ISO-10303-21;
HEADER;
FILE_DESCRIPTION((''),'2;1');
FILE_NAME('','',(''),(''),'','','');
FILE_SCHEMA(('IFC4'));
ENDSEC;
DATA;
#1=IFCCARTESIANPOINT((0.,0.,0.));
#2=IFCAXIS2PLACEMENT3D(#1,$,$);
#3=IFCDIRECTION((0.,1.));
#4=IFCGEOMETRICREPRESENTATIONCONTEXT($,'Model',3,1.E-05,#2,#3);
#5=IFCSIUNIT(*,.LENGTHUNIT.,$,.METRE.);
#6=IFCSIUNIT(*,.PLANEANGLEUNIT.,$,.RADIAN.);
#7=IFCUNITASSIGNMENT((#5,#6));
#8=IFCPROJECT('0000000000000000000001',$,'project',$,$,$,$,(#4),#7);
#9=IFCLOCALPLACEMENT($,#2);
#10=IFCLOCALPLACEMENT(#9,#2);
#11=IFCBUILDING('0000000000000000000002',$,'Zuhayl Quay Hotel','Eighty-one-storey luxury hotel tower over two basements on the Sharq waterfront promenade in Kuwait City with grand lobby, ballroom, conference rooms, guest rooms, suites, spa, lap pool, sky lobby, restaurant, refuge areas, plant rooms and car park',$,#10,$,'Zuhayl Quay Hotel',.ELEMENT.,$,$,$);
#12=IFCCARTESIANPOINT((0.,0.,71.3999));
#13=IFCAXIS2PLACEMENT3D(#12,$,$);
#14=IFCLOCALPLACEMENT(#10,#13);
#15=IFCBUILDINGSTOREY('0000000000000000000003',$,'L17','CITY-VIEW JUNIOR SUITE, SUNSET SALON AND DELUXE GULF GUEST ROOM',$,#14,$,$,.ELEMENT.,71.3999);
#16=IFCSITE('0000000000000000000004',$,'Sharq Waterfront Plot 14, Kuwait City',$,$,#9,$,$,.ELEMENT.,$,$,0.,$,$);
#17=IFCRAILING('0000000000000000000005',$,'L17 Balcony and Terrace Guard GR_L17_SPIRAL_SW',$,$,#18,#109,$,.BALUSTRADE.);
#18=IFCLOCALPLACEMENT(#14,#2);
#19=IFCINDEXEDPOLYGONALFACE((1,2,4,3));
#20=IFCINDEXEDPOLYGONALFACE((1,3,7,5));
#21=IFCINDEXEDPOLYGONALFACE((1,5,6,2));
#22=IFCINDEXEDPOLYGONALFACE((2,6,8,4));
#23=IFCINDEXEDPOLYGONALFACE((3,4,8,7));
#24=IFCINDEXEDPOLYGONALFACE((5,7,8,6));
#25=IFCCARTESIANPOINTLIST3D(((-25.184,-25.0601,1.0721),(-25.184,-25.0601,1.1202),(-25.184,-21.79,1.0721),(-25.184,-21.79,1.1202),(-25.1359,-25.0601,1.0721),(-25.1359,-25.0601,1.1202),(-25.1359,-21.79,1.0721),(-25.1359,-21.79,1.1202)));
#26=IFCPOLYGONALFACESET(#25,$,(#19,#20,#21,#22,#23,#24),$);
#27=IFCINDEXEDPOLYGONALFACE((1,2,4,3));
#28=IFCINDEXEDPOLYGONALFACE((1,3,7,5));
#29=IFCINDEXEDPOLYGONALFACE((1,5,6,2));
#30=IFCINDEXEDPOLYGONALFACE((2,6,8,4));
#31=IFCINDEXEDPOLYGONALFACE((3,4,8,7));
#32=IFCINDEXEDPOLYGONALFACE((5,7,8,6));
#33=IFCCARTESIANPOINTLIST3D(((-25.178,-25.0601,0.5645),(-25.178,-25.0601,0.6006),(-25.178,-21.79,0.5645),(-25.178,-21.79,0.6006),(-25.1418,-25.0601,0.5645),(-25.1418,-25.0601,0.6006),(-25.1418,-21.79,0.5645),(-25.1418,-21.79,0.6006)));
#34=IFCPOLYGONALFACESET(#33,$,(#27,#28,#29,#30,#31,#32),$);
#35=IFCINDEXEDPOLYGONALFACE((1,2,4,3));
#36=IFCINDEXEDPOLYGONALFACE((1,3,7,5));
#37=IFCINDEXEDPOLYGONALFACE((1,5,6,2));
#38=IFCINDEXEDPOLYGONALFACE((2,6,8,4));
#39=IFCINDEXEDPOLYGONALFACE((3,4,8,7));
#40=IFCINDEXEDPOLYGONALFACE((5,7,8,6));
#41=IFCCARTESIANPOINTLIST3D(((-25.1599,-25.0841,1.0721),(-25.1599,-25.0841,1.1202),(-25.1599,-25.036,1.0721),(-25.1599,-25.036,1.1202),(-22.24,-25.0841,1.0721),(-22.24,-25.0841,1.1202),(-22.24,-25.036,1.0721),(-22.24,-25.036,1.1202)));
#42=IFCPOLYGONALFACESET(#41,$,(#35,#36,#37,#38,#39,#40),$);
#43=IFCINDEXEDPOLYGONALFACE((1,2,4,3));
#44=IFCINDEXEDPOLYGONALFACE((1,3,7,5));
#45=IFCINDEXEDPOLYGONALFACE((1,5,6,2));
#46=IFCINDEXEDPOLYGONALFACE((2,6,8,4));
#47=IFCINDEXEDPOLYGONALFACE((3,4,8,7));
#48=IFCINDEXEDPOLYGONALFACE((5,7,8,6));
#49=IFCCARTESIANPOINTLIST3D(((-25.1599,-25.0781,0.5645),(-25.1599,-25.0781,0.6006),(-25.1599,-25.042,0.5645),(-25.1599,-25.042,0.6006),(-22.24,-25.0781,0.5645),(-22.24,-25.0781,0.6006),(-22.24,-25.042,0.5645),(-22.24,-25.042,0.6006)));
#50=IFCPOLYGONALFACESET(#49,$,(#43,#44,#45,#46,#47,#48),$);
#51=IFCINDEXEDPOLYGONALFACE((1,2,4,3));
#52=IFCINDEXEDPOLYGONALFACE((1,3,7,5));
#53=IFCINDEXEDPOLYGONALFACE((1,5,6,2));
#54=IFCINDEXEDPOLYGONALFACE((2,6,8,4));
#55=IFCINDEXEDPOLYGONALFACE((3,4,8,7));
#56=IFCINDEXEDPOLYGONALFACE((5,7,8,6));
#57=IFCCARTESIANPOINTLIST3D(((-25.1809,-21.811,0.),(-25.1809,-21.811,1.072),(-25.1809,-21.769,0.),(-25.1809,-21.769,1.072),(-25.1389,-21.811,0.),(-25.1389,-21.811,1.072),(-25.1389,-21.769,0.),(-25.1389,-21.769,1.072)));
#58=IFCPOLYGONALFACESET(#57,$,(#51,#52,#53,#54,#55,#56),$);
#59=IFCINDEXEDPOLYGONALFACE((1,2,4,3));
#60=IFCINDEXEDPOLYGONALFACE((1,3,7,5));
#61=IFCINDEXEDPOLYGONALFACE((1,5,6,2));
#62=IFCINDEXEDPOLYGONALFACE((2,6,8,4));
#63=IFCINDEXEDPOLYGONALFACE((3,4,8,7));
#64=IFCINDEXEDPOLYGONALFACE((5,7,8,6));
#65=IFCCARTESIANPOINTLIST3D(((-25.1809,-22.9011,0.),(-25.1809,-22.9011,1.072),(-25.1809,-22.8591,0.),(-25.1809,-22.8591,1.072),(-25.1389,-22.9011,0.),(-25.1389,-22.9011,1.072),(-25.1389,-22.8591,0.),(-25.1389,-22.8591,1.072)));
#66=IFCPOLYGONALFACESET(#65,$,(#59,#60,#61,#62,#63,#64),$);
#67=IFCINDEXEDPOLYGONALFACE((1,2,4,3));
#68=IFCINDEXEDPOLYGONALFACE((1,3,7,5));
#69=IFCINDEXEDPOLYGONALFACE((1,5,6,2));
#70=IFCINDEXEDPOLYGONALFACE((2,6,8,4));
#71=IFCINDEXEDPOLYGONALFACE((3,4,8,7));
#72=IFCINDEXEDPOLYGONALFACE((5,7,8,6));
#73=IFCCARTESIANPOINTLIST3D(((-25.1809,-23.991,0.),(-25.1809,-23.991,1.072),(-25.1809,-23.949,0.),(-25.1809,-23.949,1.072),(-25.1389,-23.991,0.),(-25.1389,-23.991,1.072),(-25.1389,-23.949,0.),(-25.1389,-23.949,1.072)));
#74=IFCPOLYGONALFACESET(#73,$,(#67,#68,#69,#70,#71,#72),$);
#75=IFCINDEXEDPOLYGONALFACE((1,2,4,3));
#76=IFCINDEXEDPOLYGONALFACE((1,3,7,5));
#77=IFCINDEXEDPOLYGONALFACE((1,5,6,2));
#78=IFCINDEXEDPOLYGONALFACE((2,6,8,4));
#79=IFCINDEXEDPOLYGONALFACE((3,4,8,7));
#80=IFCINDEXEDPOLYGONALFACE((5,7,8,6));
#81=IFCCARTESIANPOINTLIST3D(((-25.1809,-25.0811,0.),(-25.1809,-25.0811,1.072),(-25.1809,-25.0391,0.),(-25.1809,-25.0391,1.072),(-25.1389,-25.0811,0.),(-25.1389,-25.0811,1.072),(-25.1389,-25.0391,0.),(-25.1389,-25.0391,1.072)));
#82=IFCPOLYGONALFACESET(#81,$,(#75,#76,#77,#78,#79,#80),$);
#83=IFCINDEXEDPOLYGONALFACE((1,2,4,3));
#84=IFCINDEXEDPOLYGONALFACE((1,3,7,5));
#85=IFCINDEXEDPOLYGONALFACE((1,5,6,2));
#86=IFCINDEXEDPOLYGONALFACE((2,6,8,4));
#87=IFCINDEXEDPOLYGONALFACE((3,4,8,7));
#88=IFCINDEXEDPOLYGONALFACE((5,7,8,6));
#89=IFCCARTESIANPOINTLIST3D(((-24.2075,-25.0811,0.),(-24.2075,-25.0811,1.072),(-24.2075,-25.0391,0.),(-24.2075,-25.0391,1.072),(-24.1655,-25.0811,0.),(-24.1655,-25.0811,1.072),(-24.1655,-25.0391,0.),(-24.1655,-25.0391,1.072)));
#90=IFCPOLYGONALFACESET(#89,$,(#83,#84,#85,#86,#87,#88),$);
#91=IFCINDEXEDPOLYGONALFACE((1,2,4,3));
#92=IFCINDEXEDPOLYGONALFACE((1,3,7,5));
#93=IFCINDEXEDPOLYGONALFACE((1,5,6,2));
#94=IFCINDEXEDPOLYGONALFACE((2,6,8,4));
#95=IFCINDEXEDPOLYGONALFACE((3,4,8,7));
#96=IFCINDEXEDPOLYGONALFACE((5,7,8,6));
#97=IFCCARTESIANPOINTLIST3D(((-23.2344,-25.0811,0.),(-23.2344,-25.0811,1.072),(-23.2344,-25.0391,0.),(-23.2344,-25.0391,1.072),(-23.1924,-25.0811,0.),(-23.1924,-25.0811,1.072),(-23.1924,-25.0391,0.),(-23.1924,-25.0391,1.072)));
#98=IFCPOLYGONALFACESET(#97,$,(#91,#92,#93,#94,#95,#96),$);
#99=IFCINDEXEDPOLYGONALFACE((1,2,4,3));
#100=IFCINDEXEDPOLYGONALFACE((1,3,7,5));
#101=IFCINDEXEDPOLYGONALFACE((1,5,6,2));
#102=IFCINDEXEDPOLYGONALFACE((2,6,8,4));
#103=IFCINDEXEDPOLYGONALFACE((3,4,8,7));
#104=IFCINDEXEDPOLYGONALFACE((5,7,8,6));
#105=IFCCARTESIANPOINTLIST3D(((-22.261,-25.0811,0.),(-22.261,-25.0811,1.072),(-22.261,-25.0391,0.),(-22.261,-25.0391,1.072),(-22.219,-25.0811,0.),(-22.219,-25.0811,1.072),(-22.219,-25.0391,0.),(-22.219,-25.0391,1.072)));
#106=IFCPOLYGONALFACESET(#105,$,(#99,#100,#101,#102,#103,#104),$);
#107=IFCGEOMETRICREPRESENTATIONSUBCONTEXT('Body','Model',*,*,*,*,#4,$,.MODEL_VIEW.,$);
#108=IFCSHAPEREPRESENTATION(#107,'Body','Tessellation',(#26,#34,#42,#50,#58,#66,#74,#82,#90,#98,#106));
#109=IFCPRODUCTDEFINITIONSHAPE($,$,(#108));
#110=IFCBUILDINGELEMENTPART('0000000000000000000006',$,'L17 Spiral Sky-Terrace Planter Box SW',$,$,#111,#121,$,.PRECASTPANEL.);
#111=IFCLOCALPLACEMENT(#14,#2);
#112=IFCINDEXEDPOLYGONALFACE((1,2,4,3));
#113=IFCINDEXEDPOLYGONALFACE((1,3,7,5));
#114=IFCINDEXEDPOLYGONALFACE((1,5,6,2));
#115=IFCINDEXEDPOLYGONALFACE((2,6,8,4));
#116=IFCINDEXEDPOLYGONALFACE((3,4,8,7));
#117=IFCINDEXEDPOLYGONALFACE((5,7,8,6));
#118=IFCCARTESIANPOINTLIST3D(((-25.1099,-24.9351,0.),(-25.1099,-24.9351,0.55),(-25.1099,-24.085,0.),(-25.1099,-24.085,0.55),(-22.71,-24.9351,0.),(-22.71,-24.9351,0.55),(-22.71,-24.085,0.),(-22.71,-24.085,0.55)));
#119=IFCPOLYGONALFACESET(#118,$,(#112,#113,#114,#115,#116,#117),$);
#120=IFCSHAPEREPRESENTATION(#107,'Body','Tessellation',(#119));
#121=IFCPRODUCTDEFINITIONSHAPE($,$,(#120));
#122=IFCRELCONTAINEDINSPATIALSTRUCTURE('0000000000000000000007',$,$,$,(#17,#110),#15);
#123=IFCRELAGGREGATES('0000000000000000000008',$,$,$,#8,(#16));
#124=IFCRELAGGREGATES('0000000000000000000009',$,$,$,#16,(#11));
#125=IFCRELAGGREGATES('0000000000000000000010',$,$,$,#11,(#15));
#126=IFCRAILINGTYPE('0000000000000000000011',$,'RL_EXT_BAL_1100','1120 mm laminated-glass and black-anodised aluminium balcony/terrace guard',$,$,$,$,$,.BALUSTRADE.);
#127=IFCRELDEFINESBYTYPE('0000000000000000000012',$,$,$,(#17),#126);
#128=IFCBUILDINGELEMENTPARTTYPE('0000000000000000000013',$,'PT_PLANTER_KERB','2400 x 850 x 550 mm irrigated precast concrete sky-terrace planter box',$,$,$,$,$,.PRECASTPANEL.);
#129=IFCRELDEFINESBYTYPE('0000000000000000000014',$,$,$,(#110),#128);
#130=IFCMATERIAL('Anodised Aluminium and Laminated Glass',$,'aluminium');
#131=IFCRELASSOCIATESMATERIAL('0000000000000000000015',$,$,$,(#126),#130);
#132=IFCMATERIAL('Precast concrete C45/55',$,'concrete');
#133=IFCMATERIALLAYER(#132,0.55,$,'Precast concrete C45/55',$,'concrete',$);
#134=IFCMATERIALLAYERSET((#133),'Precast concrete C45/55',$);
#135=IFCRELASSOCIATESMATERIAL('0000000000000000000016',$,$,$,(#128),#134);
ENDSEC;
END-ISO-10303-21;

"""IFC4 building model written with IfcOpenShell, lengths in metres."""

from ifc_helpers import new_model, si_unit, direction, frame, origin, origin_2d, place, context, subcontext, project, spatial, rectangle, extrude, material, layer, layer_set, type_object, element, save


model = new_model("IFC4")

# Units and contexts
model_context = context("Model", 3, precision=1e-05, world=origin(), true_north=direction((0.0, 1.0)))
body_context = subcontext(model_context, "Body", "Model", "MODEL_VIEW")
ifc_project = project(units=[si_unit("LENGTHUNIT", "METRE"), si_unit("PLANEANGLEUNIT", "RADIAN")], contexts=[model_context])

# Site, building, storey
site_placement = place(None, origin())
site = spatial("IfcSite", under=ifc_project, at=site_placement, Name="Sharq Waterfront Plot 14, Kuwait City", CompositionType="ELEMENT", RefElevation=0.0)
building_placement = place(site_placement, origin())
building = spatial("IfcBuilding", under=site, at=building_placement, Name="Zuhayl Quay Hotel", Description="Eighty-one-storey luxury hotel tower over two basements on the Sharq waterfront promenade in Kuwait City with grand lobby, ballroom, conference rooms, guest rooms, suites, spa, lap pool, sky lobby, restaurant, refuge areas, plant rooms and car park", LongName="Zuhayl Quay Hotel", CompositionType="ELEMENT")
storey_placement = place(building_placement, frame((0.0, 0.0, 71.3999)))
storey = spatial("IfcBuildingStorey", under=building, at=storey_placement, Name="L17", Description="CITY-VIEW JUNIOR SUITE, SUNSET SALON AND DELUXE GULF GUEST ROOM", CompositionType="ELEMENT", Elevation=71.3999)

# Shared definitions
ifc_material_1 = material(Name="Precast concrete C45/55", Category="concrete")

# Railing
ifc_material_2 = material(Name="Anodised Aluminium and Laminated Glass", Category="aluminium")
railing_type = type_object("IfcRailingType", Name="RL_EXT_BAL_1100", Description="1120 mm laminated-glass and black-anodised aluminium balcony/terrace guard", PredefinedType="BALUSTRADE", material=ifc_material_2)
railing_1_placement = place(storey_placement, frame((-25.1599, -21.79, 0.0)))
element("IfcRailing", 1, at=railing_1_placement, inside=storey, type_object=railing_type, Name="L17 Balcony and Terrace Guard GR_L17_SPIRAL_SW", PredefinedType="BALUSTRADE", context=body_context, shape_type="SweptSolid", body=[
    extrude(rectangle(XDim=0.0481, YDim=0.0481, at=origin_2d()), frame((0.0, 0.0, 1.0962), z_axis=(0.0, -1.0, 0.0), x_axis=(1.0, 0.0, 0.0)), (0.0, 0.0, 1.0), 3.27),
    extrude(rectangle(XDim=0.0361, YDim=0.0361, at=origin_2d()), frame((0.0, 0.0, 0.5825), z_axis=(0.0, -1.0, 0.0), x_axis=(1.0, 0.0, 0.0)), (0.0, 0.0, 1.0), 3.27),
    extrude(rectangle(XDim=0.0481, YDim=0.0481, at=origin_2d()), frame((0.0, -3.27, 1.0962), z_axis=(1.0, 0.0, 0.0), x_axis=(0.0, 1.0, 0.0)), (0.0, 0.0, 1.0), 2.9199),
    extrude(rectangle(XDim=0.0361, YDim=0.0361, at=origin_2d()), frame((0.0, -3.27, 0.5825), z_axis=(1.0, 0.0, 0.0), x_axis=(0.0, 1.0, 0.0)), (0.0, 0.0, 1.0), 2.9199),
    extrude(rectangle(XDim=0.042, YDim=0.042, at=origin_2d()), origin(), (0.0, 0.0, 1.0), 1.072),
    extrude(rectangle(XDim=0.042, YDim=0.042, at=origin_2d()), frame((0.0, -1.0901, 0.0)), (0.0, 0.0, 1.0), 1.072),
    extrude(rectangle(XDim=0.042, YDim=0.042, at=origin_2d()), frame((0.0, -2.1799, 0.0)), (0.0, 0.0, 1.0), 1.072),
    extrude(rectangle(XDim=0.042, YDim=0.042, at=origin_2d()), frame((0.0, -3.27, 0.0)), (0.0, 0.0, 1.0), 1.072),
    extrude(rectangle(XDim=0.042, YDim=0.042, at=origin_2d()), frame((0.9734, -3.27, 0.0)), (0.0, 0.0, 1.0), 1.072),
    extrude(rectangle(XDim=0.042, YDim=0.042, at=origin_2d()), frame((1.9465, -3.27, 0.0)), (0.0, 0.0, 1.0), 1.072),
    extrude(rectangle(XDim=0.042, YDim=0.042, at=origin_2d()), frame((2.9199, -3.27, 0.0)), (0.0, 0.0, 1.0), 1.072),
])

# Building element part
ifc_layer_1 = layer(ifc_material_1, 0.55, Name="Precast concrete C45/55", Category="concrete")
ifc_layer_set_1 = layer_set([ifc_layer_1], Name="Precast concrete C45/55")
building_element_part_type = type_object("IfcBuildingElementPartType", Name="PT_PLANTER_KERB", Description="2400 x 850 x 550 mm irrigated precast concrete sky-terrace planter box", PredefinedType="PRECASTPANEL", material=ifc_layer_set_1)
building_element_part_placement = place(storey_placement, frame((-23.9099, -24.51, 0.0), z_axis=(0.0, 0.0, 1.0), x_axis=(1.0, 0.0, 0.0)))
element("IfcBuildingElementPart", 2, at=building_element_part_placement, inside=storey, type_object=building_element_part_type, Name="L17 Spiral Sky-Terrace Planter Box SW", PredefinedType="PRECASTPANEL", context=body_context, shape_type="SweptSolid", body=[
    extrude(rectangle(XDim=2.3999, YDim=0.8501, at=origin_2d()), origin(), (0.0, 0.0, 1.0), 0.55),
])

save(model, "model.ifc")
